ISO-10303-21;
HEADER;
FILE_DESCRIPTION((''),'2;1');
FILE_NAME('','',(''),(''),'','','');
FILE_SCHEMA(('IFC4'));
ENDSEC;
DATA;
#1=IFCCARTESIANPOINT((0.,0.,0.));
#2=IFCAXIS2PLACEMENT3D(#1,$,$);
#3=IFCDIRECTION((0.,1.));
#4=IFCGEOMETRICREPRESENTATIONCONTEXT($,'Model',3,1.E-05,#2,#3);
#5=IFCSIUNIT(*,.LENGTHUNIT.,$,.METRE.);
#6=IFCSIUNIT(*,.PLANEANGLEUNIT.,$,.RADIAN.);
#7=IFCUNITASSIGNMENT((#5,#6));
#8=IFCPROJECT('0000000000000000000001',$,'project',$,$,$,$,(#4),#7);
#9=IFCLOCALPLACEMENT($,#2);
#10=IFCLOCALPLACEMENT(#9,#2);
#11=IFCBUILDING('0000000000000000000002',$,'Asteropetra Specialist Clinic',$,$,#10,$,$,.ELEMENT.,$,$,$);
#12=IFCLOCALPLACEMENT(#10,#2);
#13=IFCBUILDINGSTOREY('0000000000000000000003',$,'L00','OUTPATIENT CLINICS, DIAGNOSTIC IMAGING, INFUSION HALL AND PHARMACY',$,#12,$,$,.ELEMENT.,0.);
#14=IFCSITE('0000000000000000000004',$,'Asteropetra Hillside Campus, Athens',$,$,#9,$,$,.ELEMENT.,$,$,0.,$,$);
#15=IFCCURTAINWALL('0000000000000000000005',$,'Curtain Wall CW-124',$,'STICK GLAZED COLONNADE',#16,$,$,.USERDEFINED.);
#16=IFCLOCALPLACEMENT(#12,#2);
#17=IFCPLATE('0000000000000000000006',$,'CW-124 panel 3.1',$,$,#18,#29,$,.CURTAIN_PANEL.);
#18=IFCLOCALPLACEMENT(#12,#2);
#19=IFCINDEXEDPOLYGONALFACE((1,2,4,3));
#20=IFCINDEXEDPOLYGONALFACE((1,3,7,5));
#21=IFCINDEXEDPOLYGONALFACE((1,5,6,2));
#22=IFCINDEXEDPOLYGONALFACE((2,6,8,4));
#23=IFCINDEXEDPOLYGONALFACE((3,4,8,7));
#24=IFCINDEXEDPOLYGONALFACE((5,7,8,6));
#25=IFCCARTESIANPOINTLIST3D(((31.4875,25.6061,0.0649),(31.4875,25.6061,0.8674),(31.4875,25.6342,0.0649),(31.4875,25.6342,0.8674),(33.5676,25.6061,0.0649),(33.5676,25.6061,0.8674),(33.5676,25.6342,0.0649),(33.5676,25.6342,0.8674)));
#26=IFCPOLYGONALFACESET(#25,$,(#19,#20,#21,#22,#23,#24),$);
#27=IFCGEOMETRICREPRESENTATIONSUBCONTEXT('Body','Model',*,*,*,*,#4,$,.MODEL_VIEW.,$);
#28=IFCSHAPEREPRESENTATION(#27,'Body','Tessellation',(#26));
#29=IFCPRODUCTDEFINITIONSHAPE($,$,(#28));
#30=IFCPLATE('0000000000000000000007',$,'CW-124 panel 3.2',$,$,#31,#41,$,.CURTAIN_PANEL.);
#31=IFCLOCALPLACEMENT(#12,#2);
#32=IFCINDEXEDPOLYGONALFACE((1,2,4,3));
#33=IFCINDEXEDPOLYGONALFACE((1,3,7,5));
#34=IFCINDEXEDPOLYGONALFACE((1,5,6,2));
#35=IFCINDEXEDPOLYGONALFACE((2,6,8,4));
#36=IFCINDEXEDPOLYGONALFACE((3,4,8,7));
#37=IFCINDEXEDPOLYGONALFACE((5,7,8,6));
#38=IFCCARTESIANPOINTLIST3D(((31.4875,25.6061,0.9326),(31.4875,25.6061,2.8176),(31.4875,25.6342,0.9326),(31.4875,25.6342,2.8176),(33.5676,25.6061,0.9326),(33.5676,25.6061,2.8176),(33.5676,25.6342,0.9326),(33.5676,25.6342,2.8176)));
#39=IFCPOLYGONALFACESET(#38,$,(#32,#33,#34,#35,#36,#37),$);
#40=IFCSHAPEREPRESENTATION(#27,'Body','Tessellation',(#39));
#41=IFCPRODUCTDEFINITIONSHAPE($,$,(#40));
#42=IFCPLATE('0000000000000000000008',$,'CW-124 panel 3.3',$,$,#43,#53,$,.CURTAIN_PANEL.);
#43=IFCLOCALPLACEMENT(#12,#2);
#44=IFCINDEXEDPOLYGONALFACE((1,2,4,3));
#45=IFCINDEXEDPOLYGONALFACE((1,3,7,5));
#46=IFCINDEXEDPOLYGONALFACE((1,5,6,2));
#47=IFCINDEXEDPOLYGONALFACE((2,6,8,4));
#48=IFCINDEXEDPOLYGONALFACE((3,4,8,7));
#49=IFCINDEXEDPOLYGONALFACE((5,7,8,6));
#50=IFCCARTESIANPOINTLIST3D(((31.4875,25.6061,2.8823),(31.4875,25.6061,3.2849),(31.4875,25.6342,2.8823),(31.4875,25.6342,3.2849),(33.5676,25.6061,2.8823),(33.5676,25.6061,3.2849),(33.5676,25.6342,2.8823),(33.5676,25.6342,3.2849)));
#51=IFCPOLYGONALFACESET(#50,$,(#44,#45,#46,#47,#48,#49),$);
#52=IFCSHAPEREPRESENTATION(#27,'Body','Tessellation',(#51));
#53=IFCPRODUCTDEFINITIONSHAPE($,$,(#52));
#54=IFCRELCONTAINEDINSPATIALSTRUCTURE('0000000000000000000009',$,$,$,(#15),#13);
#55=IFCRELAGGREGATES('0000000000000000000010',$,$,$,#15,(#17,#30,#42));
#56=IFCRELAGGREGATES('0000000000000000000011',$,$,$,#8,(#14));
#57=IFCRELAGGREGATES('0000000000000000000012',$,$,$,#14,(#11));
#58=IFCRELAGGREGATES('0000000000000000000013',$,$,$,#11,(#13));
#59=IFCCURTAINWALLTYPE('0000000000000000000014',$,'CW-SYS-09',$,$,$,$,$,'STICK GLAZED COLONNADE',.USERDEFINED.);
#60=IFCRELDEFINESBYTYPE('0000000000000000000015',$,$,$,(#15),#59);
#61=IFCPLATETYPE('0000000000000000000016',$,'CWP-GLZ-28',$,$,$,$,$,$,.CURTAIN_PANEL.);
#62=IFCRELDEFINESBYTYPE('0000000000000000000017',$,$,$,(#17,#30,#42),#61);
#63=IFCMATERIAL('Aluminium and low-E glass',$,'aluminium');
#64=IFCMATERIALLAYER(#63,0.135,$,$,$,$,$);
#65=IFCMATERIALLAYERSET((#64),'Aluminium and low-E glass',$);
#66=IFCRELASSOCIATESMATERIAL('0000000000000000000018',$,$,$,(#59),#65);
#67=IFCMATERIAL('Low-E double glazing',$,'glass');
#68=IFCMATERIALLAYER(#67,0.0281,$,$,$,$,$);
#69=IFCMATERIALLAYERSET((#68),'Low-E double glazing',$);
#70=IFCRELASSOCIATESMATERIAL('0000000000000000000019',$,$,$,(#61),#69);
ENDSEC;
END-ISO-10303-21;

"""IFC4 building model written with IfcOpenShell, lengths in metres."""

from ifc_helpers import new_model, si_unit, direction, frame, origin, origin_2d, place, context, subcontext, project, spatial, rectangle, extrude, material, layer, layer_set, type_object, element, aggregate, save


model = new_model("IFC4")

# Units and contexts
model_context = context("Model", 3, precision=1e-05, world=origin(), true_north=direction((0.0, 1.0)))
body_context = subcontext(model_context, "Body", "Model", "MODEL_VIEW")
ifc_project = project(units=[si_unit("LENGTHUNIT", "METRE"), si_unit("PLANEANGLEUNIT", "RADIAN")], contexts=[model_context])

# Site, building, storey
site_placement = place(None, origin())
site = spatial("IfcSite", under=ifc_project, at=site_placement, Name="Asteropetra Hillside Campus, Athens", CompositionType="ELEMENT", RefElevation=0.0)
building_placement = place(site_placement, origin())
building = spatial("IfcBuilding", under=site, at=building_placement, Name="Asteropetra Specialist Clinic", CompositionType="ELEMENT")
storey_placement = place(building_placement, origin())
storey = spatial("IfcBuildingStorey", under=building, at=storey_placement, Name="L00", Description="OUTPATIENT CLINICS, DIAGNOSTIC IMAGING, INFUSION HALL AND PHARMACY", CompositionType="ELEMENT", Elevation=0.0)

# Curtain wall
ifc_material_1 = material(Name="Aluminium and low-E glass", Category="aluminium")
ifc_layer_1 = layer(ifc_material_1, 0.135)
ifc_layer_set_1 = layer_set([ifc_layer_1], Name="Aluminium and low-E glass")
curtain_wall_type = type_object("IfcCurtainWallType", Name="CW-SYS-09", ElementType="STICK GLAZED COLONNADE", PredefinedType="USERDEFINED", material=ifc_layer_set_1)
curtain_wall_placement = place(storey_placement, origin())
curtain_wall = element("IfcCurtainWall", 1, at=curtain_wall_placement, inside=storey, type_object=curtain_wall_type, Name="Curtain Wall CW-124", ObjectType="STICK GLAZED COLONNADE", PredefinedType="USERDEFINED")

# Plates
ifc_material_2 = material(Name="Low-E double glazing", Category="glass")
ifc_layer_2 = layer(ifc_material_2, 0.0281)
ifc_layer_set_2 = layer_set([ifc_layer_2], Name="Low-E double glazing")
plate_type = type_object("IfcPlateType", Name="CWP-GLZ-28", PredefinedType="CURTAIN_PANEL", material=ifc_layer_set_2)
plate_1_placement = place(storey_placement, frame((32.5276, 25.6201, 0.0649), z_axis=(0.0, 0.0, 1.0), x_axis=(-1.0, 0.0, 0.0)))
plate_1 = element("IfcPlate", 2, at=plate_1_placement, type_object=plate_type, Name="CW-124 panel 3.1", PredefinedType="CURTAIN_PANEL", context=body_context, shape_type="SweptSolid", body=[
    extrude(rectangle(XDim=2.0801, YDim=0.0281, at=origin_2d()), origin(), (0.0, 0.0, 1.0), 0.8025),
])
plate_2_placement = place(storey_placement, frame((32.5276, 25.6201, 0.9326), z_axis=(0.0, 0.0, 1.0), x_axis=(-1.0, 0.0, 0.0)))
plate_2 = element("IfcPlate", 3, at=plate_2_placement, type_object=plate_type, Name="CW-124 panel 3.2", PredefinedType="CURTAIN_PANEL", context=body_context, shape_type="SweptSolid", body=[
    extrude(rectangle(XDim=2.0801, YDim=0.0281, at=origin_2d()), origin(), (0.0, 0.0, 1.0), 1.885),
])
plate_3_placement = place(storey_placement, frame((32.5276, 25.6201, 2.8823), z_axis=(0.0, 0.0, 1.0), x_axis=(-1.0, 0.0, 0.0)))
plate_3 = element("IfcPlate", 4, at=plate_3_placement, type_object=plate_type, Name="CW-124 panel 3.3", PredefinedType="CURTAIN_PANEL", context=body_context, shape_type="SweptSolid", body=[
    extrude(rectangle(XDim=2.0801, YDim=0.0281, at=origin_2d()), origin(), (0.0, 0.0, 1.0), 0.4026),
])
aggregate(curtain_wall, [plate_1, plate_2, plate_3])

save(model, "model.ifc")
